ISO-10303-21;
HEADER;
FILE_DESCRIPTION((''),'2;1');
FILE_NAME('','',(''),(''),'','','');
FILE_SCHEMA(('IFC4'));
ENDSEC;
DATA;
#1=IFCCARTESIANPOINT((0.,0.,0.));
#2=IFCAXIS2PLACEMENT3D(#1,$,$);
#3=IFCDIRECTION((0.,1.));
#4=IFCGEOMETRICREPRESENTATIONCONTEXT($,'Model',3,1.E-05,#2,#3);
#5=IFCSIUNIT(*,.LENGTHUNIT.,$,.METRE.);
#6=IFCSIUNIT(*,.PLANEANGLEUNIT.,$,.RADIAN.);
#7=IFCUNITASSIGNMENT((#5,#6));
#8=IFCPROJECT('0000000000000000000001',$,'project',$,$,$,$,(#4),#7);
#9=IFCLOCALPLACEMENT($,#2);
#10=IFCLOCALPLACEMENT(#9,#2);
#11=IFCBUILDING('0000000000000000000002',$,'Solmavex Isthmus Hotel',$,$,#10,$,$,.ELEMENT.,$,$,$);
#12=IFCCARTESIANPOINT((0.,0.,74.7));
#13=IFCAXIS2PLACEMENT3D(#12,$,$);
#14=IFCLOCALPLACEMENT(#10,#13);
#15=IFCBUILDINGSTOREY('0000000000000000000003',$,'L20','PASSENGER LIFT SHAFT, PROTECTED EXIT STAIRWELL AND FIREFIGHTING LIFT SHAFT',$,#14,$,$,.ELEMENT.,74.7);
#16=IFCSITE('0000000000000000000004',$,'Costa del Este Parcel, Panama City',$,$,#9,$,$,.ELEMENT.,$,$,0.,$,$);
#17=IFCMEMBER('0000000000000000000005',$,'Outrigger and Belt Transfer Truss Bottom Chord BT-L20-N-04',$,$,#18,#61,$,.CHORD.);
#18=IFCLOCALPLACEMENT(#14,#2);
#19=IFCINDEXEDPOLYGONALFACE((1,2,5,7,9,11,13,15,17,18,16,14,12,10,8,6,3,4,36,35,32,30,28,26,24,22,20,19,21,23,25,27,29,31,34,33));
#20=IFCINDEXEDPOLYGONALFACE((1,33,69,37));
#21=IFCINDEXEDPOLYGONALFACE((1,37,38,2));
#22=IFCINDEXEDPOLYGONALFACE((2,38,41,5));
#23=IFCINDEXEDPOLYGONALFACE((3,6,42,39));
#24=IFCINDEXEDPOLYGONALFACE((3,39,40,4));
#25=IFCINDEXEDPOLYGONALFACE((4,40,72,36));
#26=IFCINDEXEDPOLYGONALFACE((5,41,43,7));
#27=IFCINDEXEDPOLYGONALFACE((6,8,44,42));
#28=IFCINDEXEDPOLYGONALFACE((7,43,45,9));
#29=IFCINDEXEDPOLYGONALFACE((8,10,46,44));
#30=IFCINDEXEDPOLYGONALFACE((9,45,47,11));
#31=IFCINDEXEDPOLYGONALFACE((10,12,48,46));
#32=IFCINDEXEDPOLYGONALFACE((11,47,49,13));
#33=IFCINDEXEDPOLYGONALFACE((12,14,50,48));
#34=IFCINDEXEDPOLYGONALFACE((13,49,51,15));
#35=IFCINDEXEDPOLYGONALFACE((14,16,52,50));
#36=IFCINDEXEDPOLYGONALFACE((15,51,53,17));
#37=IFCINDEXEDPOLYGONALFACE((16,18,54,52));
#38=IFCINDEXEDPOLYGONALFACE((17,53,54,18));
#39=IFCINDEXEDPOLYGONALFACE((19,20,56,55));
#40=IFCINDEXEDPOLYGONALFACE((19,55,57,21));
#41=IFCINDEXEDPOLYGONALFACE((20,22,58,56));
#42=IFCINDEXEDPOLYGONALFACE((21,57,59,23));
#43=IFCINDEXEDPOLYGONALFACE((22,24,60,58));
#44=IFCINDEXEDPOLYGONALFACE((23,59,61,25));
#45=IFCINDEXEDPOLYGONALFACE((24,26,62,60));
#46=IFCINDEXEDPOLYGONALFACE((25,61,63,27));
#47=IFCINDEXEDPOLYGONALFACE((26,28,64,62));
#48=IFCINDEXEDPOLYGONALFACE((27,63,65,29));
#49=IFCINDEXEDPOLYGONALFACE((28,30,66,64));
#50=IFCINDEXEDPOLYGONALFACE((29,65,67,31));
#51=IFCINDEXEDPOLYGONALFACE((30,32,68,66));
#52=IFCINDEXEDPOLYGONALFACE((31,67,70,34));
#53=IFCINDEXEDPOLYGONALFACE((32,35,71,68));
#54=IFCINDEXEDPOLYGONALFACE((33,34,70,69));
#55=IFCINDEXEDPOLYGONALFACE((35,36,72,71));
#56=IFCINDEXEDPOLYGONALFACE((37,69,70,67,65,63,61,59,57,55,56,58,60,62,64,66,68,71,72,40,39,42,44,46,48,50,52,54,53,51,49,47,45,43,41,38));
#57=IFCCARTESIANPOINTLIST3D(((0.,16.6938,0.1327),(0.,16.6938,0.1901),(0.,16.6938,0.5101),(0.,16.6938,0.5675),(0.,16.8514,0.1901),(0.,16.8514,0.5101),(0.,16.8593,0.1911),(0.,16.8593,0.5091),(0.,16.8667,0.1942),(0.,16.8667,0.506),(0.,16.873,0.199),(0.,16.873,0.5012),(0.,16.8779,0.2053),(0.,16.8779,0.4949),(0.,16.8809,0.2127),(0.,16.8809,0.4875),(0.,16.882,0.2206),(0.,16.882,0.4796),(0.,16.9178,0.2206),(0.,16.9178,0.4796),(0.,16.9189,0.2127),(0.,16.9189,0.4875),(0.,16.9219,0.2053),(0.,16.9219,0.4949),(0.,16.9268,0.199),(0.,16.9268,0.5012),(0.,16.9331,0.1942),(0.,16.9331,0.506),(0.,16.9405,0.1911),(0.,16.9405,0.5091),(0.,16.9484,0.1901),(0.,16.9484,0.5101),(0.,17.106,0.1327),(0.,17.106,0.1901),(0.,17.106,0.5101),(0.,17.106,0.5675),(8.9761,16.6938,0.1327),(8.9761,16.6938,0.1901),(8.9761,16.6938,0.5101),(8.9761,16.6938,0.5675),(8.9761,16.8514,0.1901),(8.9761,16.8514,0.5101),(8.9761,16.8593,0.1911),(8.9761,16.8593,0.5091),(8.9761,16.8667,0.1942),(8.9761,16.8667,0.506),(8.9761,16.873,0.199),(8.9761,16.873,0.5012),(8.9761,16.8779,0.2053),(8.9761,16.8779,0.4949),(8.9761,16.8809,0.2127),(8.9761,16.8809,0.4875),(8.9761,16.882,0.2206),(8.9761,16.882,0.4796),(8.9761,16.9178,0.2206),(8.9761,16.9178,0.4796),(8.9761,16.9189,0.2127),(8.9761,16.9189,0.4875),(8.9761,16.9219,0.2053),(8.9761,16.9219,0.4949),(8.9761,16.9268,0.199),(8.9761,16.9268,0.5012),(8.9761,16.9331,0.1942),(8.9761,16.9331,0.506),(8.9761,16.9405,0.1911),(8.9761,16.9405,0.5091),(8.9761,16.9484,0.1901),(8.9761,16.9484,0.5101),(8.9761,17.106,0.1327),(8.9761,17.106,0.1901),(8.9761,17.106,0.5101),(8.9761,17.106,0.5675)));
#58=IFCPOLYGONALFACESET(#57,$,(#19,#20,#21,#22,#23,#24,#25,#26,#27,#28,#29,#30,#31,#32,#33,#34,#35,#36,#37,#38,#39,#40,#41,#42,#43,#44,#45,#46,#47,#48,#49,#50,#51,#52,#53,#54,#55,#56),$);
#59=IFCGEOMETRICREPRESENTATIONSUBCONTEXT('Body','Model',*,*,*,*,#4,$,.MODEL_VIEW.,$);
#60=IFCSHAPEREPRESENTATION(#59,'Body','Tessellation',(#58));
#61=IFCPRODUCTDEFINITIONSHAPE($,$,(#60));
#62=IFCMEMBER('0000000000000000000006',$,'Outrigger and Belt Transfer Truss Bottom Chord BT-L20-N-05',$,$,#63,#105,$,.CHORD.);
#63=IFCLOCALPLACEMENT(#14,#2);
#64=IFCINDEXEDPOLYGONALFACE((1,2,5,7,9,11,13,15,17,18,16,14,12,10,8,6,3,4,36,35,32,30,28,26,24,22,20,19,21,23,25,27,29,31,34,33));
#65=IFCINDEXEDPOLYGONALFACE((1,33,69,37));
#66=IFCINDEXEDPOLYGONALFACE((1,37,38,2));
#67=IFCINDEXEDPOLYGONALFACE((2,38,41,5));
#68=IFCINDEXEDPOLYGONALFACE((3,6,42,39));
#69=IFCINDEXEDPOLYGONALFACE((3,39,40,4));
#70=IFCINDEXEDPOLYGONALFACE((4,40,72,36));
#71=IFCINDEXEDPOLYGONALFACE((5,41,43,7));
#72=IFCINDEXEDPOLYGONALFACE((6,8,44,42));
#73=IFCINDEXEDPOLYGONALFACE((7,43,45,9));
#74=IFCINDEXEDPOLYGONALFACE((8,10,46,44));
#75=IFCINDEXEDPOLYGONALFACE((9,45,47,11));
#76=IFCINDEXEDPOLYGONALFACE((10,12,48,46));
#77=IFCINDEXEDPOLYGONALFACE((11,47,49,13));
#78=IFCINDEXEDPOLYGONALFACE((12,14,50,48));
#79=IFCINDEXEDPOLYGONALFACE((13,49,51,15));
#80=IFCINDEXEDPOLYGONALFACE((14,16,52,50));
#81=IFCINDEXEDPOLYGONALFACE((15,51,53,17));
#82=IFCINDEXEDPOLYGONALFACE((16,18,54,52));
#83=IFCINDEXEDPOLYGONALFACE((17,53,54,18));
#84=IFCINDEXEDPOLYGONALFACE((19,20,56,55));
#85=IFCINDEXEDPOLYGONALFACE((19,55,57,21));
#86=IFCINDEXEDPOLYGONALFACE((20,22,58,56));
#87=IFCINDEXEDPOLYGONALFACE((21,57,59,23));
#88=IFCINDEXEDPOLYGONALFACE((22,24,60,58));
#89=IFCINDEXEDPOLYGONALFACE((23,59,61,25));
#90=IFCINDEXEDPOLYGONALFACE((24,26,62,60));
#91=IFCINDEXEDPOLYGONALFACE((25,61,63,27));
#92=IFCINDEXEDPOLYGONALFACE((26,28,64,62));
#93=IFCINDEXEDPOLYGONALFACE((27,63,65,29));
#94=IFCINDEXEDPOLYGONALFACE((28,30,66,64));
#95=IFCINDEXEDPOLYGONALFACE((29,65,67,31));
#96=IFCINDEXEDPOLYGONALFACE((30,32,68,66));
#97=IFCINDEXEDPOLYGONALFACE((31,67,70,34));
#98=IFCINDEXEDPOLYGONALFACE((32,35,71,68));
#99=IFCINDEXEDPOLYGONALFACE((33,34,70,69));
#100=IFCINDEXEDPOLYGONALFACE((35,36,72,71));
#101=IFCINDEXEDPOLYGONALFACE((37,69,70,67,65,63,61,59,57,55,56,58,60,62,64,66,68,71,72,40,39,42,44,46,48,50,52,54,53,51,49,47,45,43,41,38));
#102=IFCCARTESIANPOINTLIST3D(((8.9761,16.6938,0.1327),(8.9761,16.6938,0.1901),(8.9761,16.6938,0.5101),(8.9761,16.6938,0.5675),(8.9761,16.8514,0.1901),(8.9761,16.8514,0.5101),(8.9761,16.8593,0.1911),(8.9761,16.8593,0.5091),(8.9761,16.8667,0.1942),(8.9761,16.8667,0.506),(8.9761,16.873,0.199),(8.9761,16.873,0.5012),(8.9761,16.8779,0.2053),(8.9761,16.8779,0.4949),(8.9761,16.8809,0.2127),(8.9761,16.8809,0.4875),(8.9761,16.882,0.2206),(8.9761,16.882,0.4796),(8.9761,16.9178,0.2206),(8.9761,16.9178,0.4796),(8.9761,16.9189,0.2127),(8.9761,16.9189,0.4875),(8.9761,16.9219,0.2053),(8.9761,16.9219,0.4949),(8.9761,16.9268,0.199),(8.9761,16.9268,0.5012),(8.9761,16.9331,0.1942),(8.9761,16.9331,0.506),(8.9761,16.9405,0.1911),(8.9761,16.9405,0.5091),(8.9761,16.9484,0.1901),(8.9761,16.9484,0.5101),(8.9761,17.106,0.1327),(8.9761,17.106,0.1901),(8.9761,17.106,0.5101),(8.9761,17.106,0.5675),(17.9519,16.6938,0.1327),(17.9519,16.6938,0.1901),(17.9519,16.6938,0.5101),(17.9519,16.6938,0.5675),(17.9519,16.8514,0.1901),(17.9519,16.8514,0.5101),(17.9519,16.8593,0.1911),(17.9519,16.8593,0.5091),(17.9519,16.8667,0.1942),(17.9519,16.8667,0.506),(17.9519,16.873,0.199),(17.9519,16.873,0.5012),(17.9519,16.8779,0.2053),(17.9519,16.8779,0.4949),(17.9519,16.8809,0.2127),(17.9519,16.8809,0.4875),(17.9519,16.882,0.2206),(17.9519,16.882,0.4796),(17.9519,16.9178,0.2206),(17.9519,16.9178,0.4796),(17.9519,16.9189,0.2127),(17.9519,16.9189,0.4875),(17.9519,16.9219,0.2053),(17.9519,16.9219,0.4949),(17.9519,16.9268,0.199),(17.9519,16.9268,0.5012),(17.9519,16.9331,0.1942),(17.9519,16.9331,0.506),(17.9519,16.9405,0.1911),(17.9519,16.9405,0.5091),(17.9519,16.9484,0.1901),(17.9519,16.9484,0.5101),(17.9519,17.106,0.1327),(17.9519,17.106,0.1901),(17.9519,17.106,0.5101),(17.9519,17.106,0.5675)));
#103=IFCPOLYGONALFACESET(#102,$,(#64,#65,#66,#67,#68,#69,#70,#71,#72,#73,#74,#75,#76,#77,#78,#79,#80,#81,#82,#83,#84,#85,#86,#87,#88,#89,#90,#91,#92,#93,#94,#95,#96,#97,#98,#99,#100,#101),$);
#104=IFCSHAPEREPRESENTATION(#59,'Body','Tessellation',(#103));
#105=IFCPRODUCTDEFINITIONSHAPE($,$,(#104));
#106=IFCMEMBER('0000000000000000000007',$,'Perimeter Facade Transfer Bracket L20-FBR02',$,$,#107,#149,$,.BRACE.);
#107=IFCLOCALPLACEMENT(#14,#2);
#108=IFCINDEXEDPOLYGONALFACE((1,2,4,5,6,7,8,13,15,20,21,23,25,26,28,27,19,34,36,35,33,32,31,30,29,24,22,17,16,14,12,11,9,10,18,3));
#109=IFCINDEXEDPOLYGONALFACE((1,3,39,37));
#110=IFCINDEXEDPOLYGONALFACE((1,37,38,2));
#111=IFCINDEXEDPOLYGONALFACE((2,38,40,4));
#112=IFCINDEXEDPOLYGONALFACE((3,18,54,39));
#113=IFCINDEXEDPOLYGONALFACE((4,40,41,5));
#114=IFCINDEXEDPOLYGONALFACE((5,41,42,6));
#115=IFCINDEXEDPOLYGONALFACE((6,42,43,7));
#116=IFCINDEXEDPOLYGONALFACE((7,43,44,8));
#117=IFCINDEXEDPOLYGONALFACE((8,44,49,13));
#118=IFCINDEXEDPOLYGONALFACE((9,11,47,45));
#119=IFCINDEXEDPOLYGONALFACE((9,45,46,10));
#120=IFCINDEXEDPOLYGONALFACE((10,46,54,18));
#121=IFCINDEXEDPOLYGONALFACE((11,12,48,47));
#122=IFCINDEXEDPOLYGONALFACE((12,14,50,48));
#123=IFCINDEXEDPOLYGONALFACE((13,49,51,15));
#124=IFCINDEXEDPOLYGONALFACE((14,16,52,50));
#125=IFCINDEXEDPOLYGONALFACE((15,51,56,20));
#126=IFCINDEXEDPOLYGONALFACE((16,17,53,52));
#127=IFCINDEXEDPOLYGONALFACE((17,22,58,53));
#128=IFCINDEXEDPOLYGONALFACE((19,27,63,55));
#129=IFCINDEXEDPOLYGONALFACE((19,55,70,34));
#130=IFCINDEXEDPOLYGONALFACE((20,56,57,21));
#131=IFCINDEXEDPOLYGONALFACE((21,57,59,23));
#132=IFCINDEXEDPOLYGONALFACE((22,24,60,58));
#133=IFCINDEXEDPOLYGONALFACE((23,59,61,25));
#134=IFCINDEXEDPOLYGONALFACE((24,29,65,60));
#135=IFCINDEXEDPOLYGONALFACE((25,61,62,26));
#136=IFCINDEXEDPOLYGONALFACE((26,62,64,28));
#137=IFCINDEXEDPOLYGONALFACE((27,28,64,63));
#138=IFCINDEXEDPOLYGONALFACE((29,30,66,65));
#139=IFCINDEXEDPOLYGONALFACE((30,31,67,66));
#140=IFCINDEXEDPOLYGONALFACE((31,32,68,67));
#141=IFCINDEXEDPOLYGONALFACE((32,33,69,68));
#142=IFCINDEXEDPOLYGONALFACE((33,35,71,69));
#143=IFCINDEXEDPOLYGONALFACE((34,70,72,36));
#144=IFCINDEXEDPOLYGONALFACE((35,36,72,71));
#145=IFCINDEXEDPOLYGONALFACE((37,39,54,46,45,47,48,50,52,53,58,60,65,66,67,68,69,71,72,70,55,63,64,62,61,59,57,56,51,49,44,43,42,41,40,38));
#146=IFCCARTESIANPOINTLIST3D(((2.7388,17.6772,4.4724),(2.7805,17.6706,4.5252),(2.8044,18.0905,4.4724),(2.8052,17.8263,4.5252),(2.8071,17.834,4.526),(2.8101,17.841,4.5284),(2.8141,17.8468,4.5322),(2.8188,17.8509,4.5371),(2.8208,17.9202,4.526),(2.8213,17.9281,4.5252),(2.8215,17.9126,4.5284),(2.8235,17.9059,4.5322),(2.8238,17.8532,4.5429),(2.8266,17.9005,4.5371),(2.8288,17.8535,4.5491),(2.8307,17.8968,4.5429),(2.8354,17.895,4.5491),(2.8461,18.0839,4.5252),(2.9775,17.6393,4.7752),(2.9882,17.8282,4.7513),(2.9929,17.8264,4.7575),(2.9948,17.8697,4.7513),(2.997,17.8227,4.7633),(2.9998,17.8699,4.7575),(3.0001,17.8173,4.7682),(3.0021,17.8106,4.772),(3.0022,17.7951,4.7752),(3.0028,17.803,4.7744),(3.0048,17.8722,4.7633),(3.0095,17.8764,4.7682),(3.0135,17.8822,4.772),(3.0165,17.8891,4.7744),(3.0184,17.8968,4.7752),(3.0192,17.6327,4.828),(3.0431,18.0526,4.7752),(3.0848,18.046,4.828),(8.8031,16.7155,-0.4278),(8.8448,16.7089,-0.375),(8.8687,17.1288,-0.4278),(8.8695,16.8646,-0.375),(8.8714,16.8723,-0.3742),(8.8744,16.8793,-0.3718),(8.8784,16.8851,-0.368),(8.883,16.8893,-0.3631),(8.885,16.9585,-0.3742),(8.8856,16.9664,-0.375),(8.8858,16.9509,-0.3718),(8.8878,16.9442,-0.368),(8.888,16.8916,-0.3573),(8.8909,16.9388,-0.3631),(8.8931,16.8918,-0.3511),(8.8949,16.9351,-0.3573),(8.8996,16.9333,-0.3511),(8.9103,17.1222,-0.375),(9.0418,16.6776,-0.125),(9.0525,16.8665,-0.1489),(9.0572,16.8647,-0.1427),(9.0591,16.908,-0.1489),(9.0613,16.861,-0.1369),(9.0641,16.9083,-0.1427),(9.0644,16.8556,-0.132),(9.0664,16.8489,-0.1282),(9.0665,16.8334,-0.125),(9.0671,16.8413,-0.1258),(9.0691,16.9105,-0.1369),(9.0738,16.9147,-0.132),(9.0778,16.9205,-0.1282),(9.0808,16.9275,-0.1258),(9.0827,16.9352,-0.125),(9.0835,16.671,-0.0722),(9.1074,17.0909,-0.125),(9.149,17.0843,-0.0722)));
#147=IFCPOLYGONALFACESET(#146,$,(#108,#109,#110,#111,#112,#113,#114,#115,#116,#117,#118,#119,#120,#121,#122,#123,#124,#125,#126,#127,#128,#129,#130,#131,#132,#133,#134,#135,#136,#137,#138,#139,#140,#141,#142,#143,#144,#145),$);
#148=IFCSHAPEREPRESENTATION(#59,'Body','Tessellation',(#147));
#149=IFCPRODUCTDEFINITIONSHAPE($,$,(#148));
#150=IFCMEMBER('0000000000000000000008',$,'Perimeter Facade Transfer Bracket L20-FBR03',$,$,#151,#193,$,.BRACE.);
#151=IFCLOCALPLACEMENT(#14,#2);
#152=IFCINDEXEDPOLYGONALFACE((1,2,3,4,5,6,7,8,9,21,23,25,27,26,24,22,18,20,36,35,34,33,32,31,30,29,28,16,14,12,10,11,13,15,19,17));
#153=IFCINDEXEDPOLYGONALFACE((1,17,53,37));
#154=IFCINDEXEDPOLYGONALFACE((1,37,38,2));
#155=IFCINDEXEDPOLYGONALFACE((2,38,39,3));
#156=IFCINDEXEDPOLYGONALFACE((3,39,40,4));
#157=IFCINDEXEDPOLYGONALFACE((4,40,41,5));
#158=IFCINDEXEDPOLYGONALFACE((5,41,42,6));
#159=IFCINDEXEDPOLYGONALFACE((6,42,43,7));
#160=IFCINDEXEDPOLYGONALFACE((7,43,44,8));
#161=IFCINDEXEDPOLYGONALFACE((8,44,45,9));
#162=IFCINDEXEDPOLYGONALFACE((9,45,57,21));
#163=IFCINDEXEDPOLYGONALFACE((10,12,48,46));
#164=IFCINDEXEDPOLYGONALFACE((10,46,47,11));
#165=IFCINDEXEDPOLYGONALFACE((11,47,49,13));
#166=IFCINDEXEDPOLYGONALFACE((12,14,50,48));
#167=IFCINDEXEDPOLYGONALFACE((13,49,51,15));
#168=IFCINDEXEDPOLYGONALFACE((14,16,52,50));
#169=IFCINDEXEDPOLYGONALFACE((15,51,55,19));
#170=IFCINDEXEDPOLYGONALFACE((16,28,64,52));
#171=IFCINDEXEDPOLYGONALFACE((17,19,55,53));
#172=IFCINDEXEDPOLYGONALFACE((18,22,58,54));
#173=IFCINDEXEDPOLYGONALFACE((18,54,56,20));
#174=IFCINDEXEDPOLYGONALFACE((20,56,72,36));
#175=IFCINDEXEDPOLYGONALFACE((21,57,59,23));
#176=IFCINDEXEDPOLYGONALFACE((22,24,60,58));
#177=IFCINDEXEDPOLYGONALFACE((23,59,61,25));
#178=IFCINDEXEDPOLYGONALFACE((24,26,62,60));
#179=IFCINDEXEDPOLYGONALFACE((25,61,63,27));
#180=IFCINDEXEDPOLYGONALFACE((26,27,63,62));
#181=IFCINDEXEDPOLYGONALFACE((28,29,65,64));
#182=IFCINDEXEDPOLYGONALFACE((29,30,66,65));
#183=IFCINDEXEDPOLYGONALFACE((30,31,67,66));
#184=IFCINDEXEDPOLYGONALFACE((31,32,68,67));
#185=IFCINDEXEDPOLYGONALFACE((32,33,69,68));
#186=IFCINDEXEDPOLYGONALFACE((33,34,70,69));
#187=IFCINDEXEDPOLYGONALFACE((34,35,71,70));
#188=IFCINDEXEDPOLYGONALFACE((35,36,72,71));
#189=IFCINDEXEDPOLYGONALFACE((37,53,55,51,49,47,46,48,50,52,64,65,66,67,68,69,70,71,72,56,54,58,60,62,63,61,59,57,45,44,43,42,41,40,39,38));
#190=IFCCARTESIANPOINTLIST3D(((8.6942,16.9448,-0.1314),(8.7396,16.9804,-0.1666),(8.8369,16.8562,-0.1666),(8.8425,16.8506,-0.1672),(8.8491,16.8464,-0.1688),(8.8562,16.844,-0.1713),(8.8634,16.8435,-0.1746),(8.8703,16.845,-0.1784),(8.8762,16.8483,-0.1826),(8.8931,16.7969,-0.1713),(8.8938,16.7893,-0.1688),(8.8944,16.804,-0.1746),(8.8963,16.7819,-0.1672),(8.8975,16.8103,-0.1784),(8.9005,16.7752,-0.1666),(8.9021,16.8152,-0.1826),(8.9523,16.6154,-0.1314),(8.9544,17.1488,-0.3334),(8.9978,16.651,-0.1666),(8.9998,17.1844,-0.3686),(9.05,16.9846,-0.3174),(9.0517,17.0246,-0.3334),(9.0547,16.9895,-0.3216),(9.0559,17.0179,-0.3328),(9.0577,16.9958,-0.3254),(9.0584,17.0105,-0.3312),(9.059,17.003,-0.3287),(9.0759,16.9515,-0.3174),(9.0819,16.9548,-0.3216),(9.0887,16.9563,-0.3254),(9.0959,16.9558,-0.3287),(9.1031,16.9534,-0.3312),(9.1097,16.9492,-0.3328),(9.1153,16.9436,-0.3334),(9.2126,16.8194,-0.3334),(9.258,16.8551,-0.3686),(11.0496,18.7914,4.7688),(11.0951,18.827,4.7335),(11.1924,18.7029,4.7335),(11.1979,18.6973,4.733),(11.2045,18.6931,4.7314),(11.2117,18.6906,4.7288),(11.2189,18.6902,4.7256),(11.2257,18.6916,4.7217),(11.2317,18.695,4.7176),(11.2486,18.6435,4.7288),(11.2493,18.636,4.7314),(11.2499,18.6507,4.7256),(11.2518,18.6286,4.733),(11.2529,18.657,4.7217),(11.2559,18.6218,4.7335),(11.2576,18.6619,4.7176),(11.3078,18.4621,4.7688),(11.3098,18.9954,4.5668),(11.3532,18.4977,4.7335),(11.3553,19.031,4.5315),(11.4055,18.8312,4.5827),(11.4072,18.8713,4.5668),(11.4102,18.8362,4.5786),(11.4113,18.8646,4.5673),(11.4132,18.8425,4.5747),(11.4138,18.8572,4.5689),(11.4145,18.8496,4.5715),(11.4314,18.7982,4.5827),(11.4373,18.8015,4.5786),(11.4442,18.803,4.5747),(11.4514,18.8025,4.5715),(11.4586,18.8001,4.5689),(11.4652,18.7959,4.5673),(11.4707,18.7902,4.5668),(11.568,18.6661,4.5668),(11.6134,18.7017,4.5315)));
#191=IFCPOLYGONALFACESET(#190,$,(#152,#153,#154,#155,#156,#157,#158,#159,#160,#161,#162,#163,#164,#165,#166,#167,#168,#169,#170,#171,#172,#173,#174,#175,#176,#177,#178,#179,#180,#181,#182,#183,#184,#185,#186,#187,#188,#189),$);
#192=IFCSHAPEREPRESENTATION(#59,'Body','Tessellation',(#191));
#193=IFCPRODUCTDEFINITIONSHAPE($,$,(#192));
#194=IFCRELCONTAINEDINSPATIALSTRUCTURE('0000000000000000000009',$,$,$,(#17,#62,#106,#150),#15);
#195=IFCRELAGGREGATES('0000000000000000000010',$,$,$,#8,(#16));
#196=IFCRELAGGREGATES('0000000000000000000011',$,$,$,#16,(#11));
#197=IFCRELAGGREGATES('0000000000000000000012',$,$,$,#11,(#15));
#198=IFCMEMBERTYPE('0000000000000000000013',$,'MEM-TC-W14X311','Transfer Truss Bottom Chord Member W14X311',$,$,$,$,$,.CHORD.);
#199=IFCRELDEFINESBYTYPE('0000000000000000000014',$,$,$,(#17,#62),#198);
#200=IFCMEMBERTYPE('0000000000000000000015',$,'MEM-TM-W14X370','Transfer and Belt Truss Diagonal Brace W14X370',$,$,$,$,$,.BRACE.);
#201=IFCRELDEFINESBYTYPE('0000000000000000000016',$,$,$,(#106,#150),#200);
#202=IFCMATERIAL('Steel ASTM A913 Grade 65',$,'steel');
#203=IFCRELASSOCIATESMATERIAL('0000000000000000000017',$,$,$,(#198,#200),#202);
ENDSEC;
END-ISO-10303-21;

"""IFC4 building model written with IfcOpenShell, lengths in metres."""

from ifc_helpers import new_model, si_unit, direction, frame, origin, origin_2d, place, context, subcontext, project, spatial, i_section, extrude, material, material_profile, profile_set, type_object, element, save


model = new_model("IFC4")

# Units and contexts
model_context = context("Model", 3, precision=1e-05, world=origin(), true_north=direction((0.0, 1.0)))
body_context = subcontext(model_context, "Body", "Model", "MODEL_VIEW")
ifc_project = project(units=[si_unit("LENGTHUNIT", "METRE"), si_unit("PLANEANGLEUNIT", "RADIAN")], contexts=[model_context])

# Site, building, storey
site_placement = place(None, origin())
site = spatial("IfcSite", under=ifc_project, at=site_placement, Name="Costa del Este Parcel, Panama City", CompositionType="ELEMENT", RefElevation=0.0)
building_placement = place(site_placement, origin())
building = spatial("IfcBuilding", under=site, at=building_placement, Name="Solmavex Isthmus Hotel", CompositionType="ELEMENT")
storey_placement = place(building_placement, frame((0.0, 0.0, 74.7)))
storey = spatial("IfcBuildingStorey", under=building, at=storey_placement, Name="L20", Description="PASSENGER LIFT SHAFT, PROTECTED EXIT STAIRWELL AND FIREFIGHTING LIFT SHAFT", CompositionType="ELEMENT", Elevation=74.7)

# Shared definitions
ifc_material_1 = material(Name="Steel ASTM A913 Grade 65", Category="steel")

# Members
ifc_material_profile_1 = material_profile(ifc_material_1, i_section(OverallWidth=0.4121, OverallDepth=0.4348, WebThickness=0.0359, FlangeThickness=0.0574, FilletRadius=0.0305, at=origin_2d()), Name="W14X311")
ifc_profile_set_1 = profile_set([ifc_material_profile_1], Name="Steel ASTM A913 Grade 65")
member_type_1 = type_object("IfcMemberType", Name="MEM-TC-W14X311", Description="Transfer Truss Bottom Chord Member W14X311", PredefinedType="CHORD", material=ifc_profile_set_1)
member_1_placement = place(storey_placement, frame((0.0, 16.8999, 0.3501), z_axis=(1.0, 0.0, 0.0), x_axis=(0.0, 1.0, 0.0)))
element("IfcMember", 1, at=member_1_placement, inside=storey, type_object=member_type_1, Name="Outrigger and Belt Transfer Truss Bottom Chord BT-L20-N-04", PredefinedType="CHORD", context=body_context, shape_type="SweptSolid", body=[
    extrude(i_section(OverallWidth=0.4121, OverallDepth=0.4348, WebThickness=0.0359, FlangeThickness=0.0574, FilletRadius=0.0305, at=origin_2d()), origin(), (0.0, 0.0, 1.0), 8.9761),
])
member_2_placement = place(storey_placement, frame((8.9761, 16.8999, 0.3501), z_axis=(1.0, 0.0, 0.0), x_axis=(0.0, 1.0, 0.0)))
element("IfcMember", 2, at=member_2_placement, inside=storey, type_object=member_type_1, Name="Outrigger and Belt Transfer Truss Bottom Chord BT-L20-N-05", PredefinedType="CHORD", context=body_context, shape_type="SweptSolid", body=[
    extrude(i_section(OverallWidth=0.4121, OverallDepth=0.4348, WebThickness=0.0359, FlangeThickness=0.0574, FilletRadius=0.0305, at=origin_2d()), origin(), (0.0, 0.0, 1.0), 8.9758),
])
ifc_material_profile_2 = material_profile(ifc_material_1, i_section(OverallWidth=0.4185, OverallDepth=0.4551, WebThickness=0.042, FlangeThickness=0.0676, FilletRadius=0.0305, at=origin_2d()), Name="W14X370")
ifc_profile_set_2 = profile_set([ifc_material_profile_2], Name="Steel ASTM A913 Grade 65")
member_type_2 = type_object("IfcMemberType", Name="MEM-TM-W14X370", Description="Transfer and Belt Truss Diagonal Brace W14X370", PredefinedType="BRACE", material=ifc_profile_set_2)
member_3_placement = place(storey_placement, frame((8.9761, 16.8999, -0.25), z_axis=(-0.771957, 0.122418, 0.623775), x_axis=(-0.156624, -0.987658, 0.0)))
element("IfcMember", 3, at=member_3_placement, inside=storey, type_object=member_type_2, Name="Perimeter Facade Transfer Bracket L20-FBR02", PredefinedType="BRACE", context=body_context, shape_type="SweptSolid", body=[
    extrude(i_section(OverallWidth=0.4185, OverallDepth=0.4551, WebThickness=0.042, FlangeThickness=0.0676, FilletRadius=0.0305, at=origin_2d()), origin(), (0.0, 0.0, 1.0), 7.8557),
])
member_4_placement = place(storey_placement, frame((8.9761, 16.8999, -0.25), z_axis=(0.410222, 0.321612, 0.853395), x_axis=(-0.616985, 0.786975, 0.0)))
element("IfcMember", 4, at=member_4_placement, inside=storey, type_object=member_type_2, Name="Perimeter Facade Transfer Bracket L20-FBR03", PredefinedType="BRACE", context=body_context, shape_type="SweptSolid", body=[
    extrude(i_section(OverallWidth=0.4185, OverallDepth=0.4551, WebThickness=0.042, FlangeThickness=0.0676, FilletRadius=0.0305, at=origin_2d()), origin(), (0.0, 0.0, 1.0), 5.7419),
])

save(model, "model.ifc")
